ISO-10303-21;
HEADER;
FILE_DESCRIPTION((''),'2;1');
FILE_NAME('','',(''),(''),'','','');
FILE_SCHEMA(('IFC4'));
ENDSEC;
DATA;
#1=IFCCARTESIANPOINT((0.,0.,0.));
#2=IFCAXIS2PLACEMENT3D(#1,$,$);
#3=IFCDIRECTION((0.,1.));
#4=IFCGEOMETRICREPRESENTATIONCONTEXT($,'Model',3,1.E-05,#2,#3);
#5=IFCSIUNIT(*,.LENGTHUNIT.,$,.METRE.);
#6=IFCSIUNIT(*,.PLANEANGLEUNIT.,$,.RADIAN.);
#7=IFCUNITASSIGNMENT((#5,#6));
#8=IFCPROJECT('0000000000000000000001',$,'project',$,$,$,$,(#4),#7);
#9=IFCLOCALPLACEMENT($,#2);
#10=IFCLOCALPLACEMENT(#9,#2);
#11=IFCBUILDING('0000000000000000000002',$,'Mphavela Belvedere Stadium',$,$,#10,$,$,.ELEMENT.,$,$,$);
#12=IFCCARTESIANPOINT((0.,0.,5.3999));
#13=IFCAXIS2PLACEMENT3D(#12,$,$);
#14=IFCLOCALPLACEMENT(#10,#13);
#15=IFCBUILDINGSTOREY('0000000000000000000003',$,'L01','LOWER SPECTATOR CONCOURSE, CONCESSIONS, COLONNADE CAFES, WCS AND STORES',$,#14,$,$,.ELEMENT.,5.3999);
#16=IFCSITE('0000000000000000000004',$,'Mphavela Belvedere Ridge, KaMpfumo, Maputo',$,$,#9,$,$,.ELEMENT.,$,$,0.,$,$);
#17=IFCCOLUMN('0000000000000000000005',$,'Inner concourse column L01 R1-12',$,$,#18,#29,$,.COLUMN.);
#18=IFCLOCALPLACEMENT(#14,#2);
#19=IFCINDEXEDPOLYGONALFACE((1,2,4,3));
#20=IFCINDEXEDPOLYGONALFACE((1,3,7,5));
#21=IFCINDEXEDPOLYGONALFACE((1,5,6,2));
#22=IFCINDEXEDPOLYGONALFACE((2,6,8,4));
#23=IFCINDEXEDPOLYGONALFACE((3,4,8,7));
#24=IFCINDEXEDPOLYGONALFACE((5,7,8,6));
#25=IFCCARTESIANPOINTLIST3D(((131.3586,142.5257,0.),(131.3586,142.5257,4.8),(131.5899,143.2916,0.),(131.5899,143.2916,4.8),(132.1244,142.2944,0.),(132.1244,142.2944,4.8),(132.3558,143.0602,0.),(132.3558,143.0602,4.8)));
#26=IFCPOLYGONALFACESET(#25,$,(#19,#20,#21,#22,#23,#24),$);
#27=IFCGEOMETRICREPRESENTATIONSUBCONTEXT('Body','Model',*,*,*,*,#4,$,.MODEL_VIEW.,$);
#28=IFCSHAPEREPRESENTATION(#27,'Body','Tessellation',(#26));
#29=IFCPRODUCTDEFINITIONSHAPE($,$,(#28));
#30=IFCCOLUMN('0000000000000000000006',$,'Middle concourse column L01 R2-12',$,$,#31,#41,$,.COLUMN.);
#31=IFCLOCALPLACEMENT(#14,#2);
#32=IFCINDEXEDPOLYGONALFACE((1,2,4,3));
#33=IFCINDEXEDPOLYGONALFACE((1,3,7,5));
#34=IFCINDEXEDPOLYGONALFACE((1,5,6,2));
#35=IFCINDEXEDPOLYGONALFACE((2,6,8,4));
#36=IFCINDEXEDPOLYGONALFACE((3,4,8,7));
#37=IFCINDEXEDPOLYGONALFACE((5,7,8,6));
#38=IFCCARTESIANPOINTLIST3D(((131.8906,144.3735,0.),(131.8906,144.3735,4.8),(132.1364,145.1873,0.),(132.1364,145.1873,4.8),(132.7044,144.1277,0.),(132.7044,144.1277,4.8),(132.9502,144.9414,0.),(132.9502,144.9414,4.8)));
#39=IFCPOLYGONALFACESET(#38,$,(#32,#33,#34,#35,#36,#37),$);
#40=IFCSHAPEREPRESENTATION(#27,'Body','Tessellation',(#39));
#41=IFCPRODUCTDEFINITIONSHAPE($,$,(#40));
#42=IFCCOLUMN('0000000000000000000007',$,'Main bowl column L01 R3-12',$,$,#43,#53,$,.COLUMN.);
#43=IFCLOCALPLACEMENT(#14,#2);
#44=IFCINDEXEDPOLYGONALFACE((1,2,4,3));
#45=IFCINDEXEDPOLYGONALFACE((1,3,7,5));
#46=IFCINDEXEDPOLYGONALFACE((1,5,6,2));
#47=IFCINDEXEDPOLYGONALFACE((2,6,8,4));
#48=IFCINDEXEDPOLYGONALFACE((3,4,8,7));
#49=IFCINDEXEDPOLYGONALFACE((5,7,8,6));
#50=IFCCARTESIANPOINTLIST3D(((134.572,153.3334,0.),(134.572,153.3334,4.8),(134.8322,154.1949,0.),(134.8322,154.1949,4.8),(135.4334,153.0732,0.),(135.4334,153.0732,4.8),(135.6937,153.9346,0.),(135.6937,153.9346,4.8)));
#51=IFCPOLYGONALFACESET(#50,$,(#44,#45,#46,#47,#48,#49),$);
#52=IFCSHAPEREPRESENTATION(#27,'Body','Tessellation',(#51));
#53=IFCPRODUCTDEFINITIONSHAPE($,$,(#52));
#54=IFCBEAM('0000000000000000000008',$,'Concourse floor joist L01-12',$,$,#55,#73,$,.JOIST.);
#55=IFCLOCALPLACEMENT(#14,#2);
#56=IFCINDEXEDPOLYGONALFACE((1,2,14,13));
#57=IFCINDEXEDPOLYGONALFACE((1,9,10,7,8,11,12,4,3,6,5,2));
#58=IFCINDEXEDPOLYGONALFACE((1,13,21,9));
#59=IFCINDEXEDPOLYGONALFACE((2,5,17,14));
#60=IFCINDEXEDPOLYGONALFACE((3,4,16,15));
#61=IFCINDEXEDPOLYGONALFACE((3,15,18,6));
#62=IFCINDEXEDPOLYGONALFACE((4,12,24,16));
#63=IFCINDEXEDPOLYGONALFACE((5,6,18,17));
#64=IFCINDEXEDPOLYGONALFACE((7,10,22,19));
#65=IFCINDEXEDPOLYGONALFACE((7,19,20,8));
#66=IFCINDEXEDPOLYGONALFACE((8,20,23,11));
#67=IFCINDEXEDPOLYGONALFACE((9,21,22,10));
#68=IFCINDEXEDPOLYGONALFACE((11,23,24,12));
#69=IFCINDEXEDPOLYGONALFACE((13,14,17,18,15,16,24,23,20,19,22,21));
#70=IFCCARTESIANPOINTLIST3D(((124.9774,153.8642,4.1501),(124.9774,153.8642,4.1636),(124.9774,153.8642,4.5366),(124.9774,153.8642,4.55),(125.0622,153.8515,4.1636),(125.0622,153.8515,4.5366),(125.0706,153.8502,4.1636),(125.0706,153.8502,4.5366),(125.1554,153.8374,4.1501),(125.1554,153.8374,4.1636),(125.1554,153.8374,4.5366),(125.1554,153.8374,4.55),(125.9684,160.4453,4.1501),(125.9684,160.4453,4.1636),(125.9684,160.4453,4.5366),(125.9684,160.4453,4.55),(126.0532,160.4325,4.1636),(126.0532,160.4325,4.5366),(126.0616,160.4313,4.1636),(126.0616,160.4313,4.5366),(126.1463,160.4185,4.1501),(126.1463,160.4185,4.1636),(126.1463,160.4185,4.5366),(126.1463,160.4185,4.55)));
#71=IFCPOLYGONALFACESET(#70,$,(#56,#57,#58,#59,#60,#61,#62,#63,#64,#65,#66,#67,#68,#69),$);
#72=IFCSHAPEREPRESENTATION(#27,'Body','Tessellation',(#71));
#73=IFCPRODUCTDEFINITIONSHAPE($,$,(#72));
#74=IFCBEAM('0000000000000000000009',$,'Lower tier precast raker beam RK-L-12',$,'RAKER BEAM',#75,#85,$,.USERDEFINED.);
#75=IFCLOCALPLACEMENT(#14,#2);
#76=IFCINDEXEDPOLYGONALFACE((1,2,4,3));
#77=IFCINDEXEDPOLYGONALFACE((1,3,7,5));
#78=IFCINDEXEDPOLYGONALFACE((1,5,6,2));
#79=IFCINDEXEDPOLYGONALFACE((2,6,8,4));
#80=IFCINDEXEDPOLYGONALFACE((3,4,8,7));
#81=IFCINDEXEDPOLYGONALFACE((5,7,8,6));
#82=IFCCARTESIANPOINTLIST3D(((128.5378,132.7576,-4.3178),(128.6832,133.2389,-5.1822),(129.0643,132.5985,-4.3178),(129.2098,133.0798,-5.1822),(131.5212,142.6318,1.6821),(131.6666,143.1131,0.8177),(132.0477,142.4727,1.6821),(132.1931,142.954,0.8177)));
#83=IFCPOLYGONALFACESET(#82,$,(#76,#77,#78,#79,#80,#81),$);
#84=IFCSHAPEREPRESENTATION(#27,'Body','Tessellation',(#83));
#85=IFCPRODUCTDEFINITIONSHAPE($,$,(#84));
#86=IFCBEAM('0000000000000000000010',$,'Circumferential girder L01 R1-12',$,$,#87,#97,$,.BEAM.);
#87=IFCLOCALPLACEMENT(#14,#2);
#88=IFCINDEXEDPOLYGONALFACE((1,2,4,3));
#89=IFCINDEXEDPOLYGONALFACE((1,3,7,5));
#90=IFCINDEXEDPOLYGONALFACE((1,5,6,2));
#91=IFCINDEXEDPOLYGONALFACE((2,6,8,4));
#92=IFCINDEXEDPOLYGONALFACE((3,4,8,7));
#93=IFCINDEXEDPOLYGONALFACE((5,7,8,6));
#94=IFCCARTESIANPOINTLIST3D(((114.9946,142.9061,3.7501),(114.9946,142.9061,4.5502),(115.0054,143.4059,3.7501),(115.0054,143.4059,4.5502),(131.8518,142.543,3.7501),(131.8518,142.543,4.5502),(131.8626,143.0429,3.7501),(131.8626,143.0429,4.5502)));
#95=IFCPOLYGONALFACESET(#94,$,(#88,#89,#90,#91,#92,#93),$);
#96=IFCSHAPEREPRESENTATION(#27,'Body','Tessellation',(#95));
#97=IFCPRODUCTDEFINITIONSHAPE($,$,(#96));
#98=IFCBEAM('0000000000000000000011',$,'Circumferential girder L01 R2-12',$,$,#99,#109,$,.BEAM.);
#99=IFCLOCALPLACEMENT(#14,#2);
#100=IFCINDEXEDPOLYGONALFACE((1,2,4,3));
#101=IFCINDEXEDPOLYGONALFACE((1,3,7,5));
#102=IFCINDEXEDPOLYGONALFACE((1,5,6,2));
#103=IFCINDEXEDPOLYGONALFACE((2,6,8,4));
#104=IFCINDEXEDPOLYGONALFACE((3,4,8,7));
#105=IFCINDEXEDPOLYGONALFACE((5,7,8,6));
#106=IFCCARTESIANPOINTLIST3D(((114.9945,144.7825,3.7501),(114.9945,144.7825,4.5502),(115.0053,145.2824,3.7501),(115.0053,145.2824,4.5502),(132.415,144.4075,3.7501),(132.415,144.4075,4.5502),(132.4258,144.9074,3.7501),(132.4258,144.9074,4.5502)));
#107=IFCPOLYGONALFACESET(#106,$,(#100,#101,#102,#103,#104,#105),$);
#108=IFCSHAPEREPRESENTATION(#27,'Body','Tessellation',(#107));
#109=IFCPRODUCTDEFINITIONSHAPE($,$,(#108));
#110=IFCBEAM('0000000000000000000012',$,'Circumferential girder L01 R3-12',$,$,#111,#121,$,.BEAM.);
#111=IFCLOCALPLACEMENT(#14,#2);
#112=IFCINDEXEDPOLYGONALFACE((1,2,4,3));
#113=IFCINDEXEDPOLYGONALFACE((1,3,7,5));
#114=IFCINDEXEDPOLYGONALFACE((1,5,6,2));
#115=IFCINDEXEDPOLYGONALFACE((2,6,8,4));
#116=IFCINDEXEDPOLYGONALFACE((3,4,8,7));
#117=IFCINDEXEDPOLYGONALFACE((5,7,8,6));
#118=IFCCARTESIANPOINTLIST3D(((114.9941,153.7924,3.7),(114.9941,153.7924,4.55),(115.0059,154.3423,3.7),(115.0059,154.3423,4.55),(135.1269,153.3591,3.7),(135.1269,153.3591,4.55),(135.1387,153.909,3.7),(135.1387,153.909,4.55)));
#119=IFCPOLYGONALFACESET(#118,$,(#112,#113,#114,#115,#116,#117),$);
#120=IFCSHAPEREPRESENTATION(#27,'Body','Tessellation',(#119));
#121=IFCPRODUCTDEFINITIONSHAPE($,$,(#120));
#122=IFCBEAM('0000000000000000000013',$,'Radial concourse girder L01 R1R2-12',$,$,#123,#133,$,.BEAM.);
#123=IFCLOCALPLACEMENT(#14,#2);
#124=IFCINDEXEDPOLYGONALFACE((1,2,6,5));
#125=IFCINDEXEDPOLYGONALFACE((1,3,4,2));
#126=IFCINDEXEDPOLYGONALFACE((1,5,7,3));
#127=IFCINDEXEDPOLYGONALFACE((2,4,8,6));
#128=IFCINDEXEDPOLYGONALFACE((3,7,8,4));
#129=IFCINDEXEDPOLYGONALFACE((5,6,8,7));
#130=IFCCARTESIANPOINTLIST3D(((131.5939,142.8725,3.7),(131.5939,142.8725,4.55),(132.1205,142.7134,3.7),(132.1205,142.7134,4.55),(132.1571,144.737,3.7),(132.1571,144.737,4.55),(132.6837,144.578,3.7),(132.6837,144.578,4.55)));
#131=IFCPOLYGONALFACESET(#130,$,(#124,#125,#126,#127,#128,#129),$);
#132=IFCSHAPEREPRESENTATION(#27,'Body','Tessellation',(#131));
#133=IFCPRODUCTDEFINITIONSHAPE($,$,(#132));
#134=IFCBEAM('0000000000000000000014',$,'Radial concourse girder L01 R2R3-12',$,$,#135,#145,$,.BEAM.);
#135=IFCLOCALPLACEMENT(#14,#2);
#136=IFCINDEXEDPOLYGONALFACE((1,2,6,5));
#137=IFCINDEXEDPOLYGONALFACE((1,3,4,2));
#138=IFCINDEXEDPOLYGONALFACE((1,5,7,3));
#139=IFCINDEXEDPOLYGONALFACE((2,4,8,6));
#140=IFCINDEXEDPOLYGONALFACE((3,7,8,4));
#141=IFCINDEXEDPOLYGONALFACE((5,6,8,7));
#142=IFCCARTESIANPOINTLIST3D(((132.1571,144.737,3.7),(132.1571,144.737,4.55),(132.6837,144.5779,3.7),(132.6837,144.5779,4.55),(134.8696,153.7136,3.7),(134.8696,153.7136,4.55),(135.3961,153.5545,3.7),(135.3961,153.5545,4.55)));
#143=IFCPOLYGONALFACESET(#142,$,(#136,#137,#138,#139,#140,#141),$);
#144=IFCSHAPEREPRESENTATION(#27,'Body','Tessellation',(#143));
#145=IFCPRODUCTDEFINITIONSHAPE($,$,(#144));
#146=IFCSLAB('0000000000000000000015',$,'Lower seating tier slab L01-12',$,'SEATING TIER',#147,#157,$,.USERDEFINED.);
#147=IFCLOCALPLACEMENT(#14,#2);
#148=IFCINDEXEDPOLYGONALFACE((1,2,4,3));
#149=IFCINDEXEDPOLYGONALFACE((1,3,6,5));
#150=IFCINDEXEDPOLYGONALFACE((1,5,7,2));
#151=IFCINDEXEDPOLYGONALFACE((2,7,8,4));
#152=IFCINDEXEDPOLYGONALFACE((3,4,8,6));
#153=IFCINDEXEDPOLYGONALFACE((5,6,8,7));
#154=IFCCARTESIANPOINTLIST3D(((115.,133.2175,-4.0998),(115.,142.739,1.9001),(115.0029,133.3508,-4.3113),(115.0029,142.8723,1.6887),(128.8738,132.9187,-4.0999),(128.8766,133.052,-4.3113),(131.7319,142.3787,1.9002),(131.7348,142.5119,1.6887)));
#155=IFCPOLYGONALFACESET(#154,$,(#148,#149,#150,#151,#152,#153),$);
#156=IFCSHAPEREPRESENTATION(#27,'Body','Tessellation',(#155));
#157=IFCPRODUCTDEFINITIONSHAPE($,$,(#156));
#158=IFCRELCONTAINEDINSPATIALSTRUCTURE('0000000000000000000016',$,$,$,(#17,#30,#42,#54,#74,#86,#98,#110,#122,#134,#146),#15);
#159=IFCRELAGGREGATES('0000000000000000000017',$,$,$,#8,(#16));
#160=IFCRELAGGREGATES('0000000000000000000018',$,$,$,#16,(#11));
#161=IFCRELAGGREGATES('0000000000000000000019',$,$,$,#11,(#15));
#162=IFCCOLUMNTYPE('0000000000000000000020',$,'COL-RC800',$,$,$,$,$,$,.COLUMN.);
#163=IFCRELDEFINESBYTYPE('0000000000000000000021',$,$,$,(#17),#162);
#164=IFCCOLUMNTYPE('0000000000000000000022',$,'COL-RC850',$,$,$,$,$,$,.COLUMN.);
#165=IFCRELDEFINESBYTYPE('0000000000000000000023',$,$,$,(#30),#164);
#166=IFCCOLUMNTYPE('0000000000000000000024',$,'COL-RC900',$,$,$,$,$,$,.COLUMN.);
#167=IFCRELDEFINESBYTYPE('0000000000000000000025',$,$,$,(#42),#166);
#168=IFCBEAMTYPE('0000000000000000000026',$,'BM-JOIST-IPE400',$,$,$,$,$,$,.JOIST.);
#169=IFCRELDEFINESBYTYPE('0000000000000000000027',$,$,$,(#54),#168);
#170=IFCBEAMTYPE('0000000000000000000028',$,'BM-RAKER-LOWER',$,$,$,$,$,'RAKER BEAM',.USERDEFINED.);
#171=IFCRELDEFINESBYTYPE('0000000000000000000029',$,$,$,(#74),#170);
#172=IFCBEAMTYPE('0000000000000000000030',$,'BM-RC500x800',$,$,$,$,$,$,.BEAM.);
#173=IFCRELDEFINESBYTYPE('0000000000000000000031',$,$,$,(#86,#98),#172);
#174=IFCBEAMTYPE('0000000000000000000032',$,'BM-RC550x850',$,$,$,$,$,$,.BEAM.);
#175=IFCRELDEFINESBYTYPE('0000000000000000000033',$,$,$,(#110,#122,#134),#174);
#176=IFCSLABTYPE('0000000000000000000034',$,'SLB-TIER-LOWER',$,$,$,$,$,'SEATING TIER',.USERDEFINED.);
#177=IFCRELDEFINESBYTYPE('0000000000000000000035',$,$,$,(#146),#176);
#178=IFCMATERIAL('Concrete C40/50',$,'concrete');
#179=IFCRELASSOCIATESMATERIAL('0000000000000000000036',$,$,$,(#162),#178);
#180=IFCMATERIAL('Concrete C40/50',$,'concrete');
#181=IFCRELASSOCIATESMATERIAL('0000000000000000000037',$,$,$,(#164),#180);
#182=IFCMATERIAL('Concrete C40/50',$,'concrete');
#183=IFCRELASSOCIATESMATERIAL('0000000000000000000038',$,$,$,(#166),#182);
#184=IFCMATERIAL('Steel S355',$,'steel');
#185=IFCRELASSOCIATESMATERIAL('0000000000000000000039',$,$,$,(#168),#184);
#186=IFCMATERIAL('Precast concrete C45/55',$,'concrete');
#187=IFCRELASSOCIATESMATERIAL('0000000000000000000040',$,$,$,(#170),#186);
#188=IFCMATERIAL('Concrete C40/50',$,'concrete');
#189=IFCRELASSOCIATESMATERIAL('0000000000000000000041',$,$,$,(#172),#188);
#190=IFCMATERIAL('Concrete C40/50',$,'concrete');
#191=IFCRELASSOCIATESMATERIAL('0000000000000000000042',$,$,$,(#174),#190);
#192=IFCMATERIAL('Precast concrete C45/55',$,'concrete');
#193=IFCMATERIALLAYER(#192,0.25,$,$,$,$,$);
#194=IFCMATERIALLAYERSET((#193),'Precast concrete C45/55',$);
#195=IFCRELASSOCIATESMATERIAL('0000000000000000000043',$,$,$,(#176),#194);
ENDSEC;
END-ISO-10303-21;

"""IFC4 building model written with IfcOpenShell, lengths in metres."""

from ifc_helpers import new_model, si_unit, direction, frame, origin, origin_2d, place, context, subcontext, project, spatial, polyline, rectangle, i_section, outline, extrude, material, layer, layer_set, material_profile, profile_set, type_object, element, save


model = new_model("IFC4")

# Units and contexts
model_context = context("Model", 3, precision=1e-05, world=origin(), true_north=direction((0.0, 1.0)))
body_context = subcontext(model_context, "Body", "Model", "MODEL_VIEW")
ifc_project = project(units=[si_unit("LENGTHUNIT", "METRE"), si_unit("PLANEANGLEUNIT", "RADIAN")], contexts=[model_context])

# Site, building, storey
site_placement = place(None, origin())
site = spatial("IfcSite", under=ifc_project, at=site_placement, Name="Mphavela Belvedere Ridge, KaMpfumo, Maputo", CompositionType="ELEMENT", RefElevation=0.0)
building_placement = place(site_placement, origin())
building = spatial("IfcBuilding", under=site, at=building_placement, Name="Mphavela Belvedere Stadium", CompositionType="ELEMENT")
storey_placement = place(building_placement, frame((0.0, 0.0, 5.3999)))
storey = spatial("IfcBuildingStorey", under=building, at=storey_placement, Name="L01", Description="LOWER SPECTATOR CONCOURSE, CONCESSIONS, COLONNADE CAFES, WCS AND STORES", CompositionType="ELEMENT", Elevation=5.3999)

# Columns
ifc_material_1 = material(Name="Concrete C40/50", Category="concrete")
ifc_material_profile_1 = material_profile(ifc_material_1, rectangle(XDim=0.8, YDim=0.8, at=origin_2d()), Name="RC 800x800")
ifc_profile_set_1 = profile_set([ifc_material_profile_1], Name="Concrete C40/50")
column_type_1 = type_object("IfcColumnType", Name="COL-RC800", PredefinedType="COLUMN", material=ifc_profile_set_1)
column_1_placement = place(storey_placement, frame((131.8572, 142.793, 0.0), z_axis=(0.0, 0.0, 1.0), x_axis=(0.289199, 0.957269, 0.0)))
element("IfcColumn", 1, at=column_1_placement, inside=storey, type_object=column_type_1, Name="Inner concourse column L01 R1-12", PredefinedType="COLUMN", context=body_context, shape_type="SweptSolid", body=[
    extrude(rectangle(XDim=0.8, YDim=0.8, at=origin_2d()), origin(), (0.0, 0.0, 1.0), 4.8),
])
ifc_material_2 = material(Name="Concrete C40/50", Category="concrete")
ifc_material_profile_2 = material_profile(ifc_material_2, rectangle(XDim=0.8501, YDim=0.8501, at=origin_2d()), Name="RC 850x850")
ifc_profile_set_2 = profile_set([ifc_material_profile_2], Name="Concrete C40/50")
column_type_2 = type_object("IfcColumnType", Name="COL-RC850", PredefinedType="COLUMN", material=ifc_profile_set_2)
column_2_placement = place(storey_placement, frame((132.4204, 144.6575, 0.0), z_axis=(0.0, 0.0, 1.0), x_axis=(0.289199, 0.957269, 0.0)))
element("IfcColumn", 2, at=column_2_placement, inside=storey, type_object=column_type_2, Name="Middle concourse column L01 R2-12", PredefinedType="COLUMN", context=body_context, shape_type="SweptSolid", body=[
    extrude(rectangle(XDim=0.8501, YDim=0.8501, at=origin_2d()), origin(), (0.0, 0.0, 1.0), 4.8),
])
ifc_material_3 = material(Name="Concrete C40/50", Category="concrete")
ifc_material_profile_3 = material_profile(ifc_material_3, rectangle(XDim=0.8999, YDim=0.8999, at=origin_2d()), Name="RC 900x900")
ifc_profile_set_3 = profile_set([ifc_material_profile_3], Name="Concrete C40/50")
column_type_3 = type_object("IfcColumnType", Name="COL-RC900", PredefinedType="COLUMN", material=ifc_profile_set_3)
column_3_placement = place(storey_placement, frame((135.1328, 153.634, 0.0), z_axis=(0.0, 0.0, 1.0), x_axis=(0.289199, 0.957269, 0.0)))
element("IfcColumn", 3, at=column_3_placement, inside=storey, type_object=column_type_3, Name="Main bowl column L01 R3-12", PredefinedType="COLUMN", context=body_context, shape_type="SweptSolid", body=[
    extrude(rectangle(XDim=0.8999, YDim=0.8999, at=origin_2d()), origin(), (0.0, 0.0, 1.0), 4.8),
])

# Beams
ifc_material_4 = material(Name="Steel S355", Category="steel")
ifc_material_profile_4 = material_profile(ifc_material_4, i_section(OverallWidth=0.1799, OverallDepth=0.3999, WebThickness=0.0085, FlangeThickness=0.0134, at=origin_2d()), Name="IPE 400")
ifc_profile_set_4 = profile_set([ifc_material_profile_4], Name="Steel S355")
beam_type_1 = type_object("IfcBeamType", Name="BM-JOIST-IPE400", PredefinedType="JOIST", material=ifc_profile_set_4)
beam_1_placement = place(storey_placement, frame((125.0664, 153.8508, 4.3501), z_axis=(0.1489, 0.988852, 0.0), x_axis=(-0.988852, 0.1489, 0.0)))
element("IfcBeam", 4, at=beam_1_placement, inside=storey, type_object=beam_type_1, Name="Concourse floor joist L01-12", PredefinedType="JOIST", context=body_context, shape_type="SweptSolid", body=[
    extrude(i_section(OverallWidth=0.1799, OverallDepth=0.3999, WebThickness=0.0085, FlangeThickness=0.0134, at=origin_2d()), origin(), (0.0, 0.0, 1.0), 6.6553),
])
ifc_material_5 = material(Name="Precast concrete C45/55", Category="concrete")
ifc_material_profile_5 = material_profile(ifc_material_5, rectangle(XDim=0.55, YDim=1.0, at=origin_2d()), Name="PC 550x1000")
ifc_profile_set_5 = profile_set([ifc_material_profile_5], Name="Precast concrete C45/55")
beam_type_2 = type_object("IfcBeamType", Name="BM-RAKER-LOWER", ElementType="RAKER BEAM", PredefinedType="USERDEFINED", material=ifc_profile_set_5)
beam_2_placement = place(storey_placement, frame((128.8738, 132.9187, -4.75), z_axis=(0.250008, 0.82746, 0.502798), x_axis=(-0.957261, 0.289226, 0.0)))
element("IfcBeam", 5, at=beam_2_placement, inside=storey, type_object=beam_type_2, Name="Lower tier precast raker beam RK-L-12", ObjectType="RAKER BEAM", PredefinedType="USERDEFINED", context=body_context, shape_type="SweptSolid", body=[
    extrude(rectangle(XDim=0.55, YDim=1.0, at=origin_2d()), origin(), (0.0, 0.0, 1.0), 11.9331),
])
ifc_material_6 = material(Name="Concrete C40/50", Category="concrete")
ifc_material_profile_6 = material_profile(ifc_material_6, rectangle(XDim=0.5, YDim=0.8, at=origin_2d()), Name="RC 500x800")
ifc_profile_set_6 = profile_set([ifc_material_profile_6], Name="Concrete C40/50")
beam_type_3 = type_object("IfcBeamType", Name="BM-RC500x800", PredefinedType="BEAM", material=ifc_profile_set_6)
beam_3_placement = place(storey_placement, frame((131.8572, 142.793, 4.1501), z_axis=(-0.999768, 0.021531, 0.0), x_axis=(-0.021531, -0.999768, 0.0)))
element("IfcBeam", 6, at=beam_3_placement, inside=storey, type_object=beam_type_3, Name="Circumferential girder L01 R1-12", PredefinedType="BEAM", context=body_context, shape_type="SweptSolid", body=[
    extrude(rectangle(XDim=0.5, YDim=0.8, at=origin_2d()), origin(), (0.0, 0.0, 1.0), 16.8611),
])
beam_4_placement = place(storey_placement, frame((132.4204, 144.6575, 4.1501), z_axis=(-0.999768, 0.021521, 0.0), x_axis=(-0.021521, -0.999768, 0.0)))
element("IfcBeam", 7, at=beam_4_placement, inside=storey, type_object=beam_type_3, Name="Circumferential girder L01 R2-12", PredefinedType="BEAM", context=body_context, shape_type="SweptSolid", body=[
    extrude(rectangle(XDim=0.5, YDim=0.8, at=origin_2d()), origin(), (0.0, 0.0, 1.0), 17.4246),
])
ifc_material_7 = material(Name="Concrete C40/50", Category="concrete")
ifc_material_profile_7 = material_profile(ifc_material_7, rectangle(XDim=0.55, YDim=0.8501, at=origin_2d()), Name="RC 550x850")
ifc_profile_set_7 = profile_set([ifc_material_profile_7], Name="Concrete C40/50")
beam_type_4 = type_object("IfcBeamType", Name="BM-RC550x850", PredefinedType="BEAM", material=ifc_profile_set_7)
beam_5_placement = place(storey_placement, frame((135.1328, 153.634, 4.125), z_axis=(-0.999768, 0.02152, 0.0), x_axis=(-0.02152, -0.999768, 0.0)))
element("IfcBeam", 8, at=beam_5_placement, inside=storey, type_object=beam_type_4, Name="Circumferential girder L01 R3-12", PredefinedType="BEAM", context=body_context, shape_type="SweptSolid", body=[
    extrude(rectangle(XDim=0.55, YDim=0.8501, at=origin_2d()), origin(), (0.0, 0.0, 1.0), 20.1375),
])
beam_6_placement = place(storey_placement, frame((131.8572, 142.793, 4.125), z_axis=(0.289176, 0.957276, 0.0), x_axis=(-0.957276, 0.289176, 0.0)))
element("IfcBeam", 9, at=beam_6_placement, inside=storey, type_object=beam_type_4, Name="Radial concourse girder L01 R1R2-12", PredefinedType="BEAM", context=body_context, shape_type="SweptSolid", body=[
    extrude(rectangle(XDim=0.55, YDim=0.8501, at=origin_2d()), origin(), (0.0, 0.0, 1.0), 1.9478),
])
beam_7_placement = place(storey_placement, frame((132.4204, 144.6575, 4.125), z_axis=(0.289249, 0.957254, 0.0), x_axis=(-0.957254, 0.289249, 0.0)))
element("IfcBeam", 10, at=beam_7_placement, inside=storey, type_object=beam_type_4, Name="Radial concourse girder L01 R2R3-12", PredefinedType="BEAM", context=body_context, shape_type="SweptSolid", body=[
    extrude(rectangle(XDim=0.55, YDim=0.8501, at=origin_2d()), origin(), (0.0, 0.0, 1.0), 9.3774),
])

# Slab
ifc_material_8 = material(Name="Precast concrete C45/55", Category="concrete")
ifc_layer_1 = layer(ifc_material_8, 0.25)
ifc_layer_set_1 = layer_set([ifc_layer_1], Name="Precast concrete C45/55")
slab_type = type_object("IfcSlabType", Name="SLB-TIER-LOWER", ElementType="SEATING TIER", PredefinedType="USERDEFINED", material=ifc_layer_set_1)
slab_placement = place(storey_placement, frame((128.8738, 132.9187, -4.0999), z_axis=(-0.011482, -0.533095, 0.845977), x_axis=(-0.999768, 0.021534, 0.000001)))
element("IfcSlab", 11, at=slab_placement, inside=storey, type_object=slab_type, Name="Lower seating tier slab L01-12", ObjectType="SEATING TIER", PredefinedType="USERDEFINED", context=body_context, shape_type="SweptSolid", body=[
    extrude(outline(polyline([(0.0, 0.0), (13.877, 0.0), (14.082, -11.2524), (-2.6538, -11.2524), (0.0, 0.0)])), origin(), (0.0, 0.0, -1.0), 0.25),
])

save(model, "model.ifc")
